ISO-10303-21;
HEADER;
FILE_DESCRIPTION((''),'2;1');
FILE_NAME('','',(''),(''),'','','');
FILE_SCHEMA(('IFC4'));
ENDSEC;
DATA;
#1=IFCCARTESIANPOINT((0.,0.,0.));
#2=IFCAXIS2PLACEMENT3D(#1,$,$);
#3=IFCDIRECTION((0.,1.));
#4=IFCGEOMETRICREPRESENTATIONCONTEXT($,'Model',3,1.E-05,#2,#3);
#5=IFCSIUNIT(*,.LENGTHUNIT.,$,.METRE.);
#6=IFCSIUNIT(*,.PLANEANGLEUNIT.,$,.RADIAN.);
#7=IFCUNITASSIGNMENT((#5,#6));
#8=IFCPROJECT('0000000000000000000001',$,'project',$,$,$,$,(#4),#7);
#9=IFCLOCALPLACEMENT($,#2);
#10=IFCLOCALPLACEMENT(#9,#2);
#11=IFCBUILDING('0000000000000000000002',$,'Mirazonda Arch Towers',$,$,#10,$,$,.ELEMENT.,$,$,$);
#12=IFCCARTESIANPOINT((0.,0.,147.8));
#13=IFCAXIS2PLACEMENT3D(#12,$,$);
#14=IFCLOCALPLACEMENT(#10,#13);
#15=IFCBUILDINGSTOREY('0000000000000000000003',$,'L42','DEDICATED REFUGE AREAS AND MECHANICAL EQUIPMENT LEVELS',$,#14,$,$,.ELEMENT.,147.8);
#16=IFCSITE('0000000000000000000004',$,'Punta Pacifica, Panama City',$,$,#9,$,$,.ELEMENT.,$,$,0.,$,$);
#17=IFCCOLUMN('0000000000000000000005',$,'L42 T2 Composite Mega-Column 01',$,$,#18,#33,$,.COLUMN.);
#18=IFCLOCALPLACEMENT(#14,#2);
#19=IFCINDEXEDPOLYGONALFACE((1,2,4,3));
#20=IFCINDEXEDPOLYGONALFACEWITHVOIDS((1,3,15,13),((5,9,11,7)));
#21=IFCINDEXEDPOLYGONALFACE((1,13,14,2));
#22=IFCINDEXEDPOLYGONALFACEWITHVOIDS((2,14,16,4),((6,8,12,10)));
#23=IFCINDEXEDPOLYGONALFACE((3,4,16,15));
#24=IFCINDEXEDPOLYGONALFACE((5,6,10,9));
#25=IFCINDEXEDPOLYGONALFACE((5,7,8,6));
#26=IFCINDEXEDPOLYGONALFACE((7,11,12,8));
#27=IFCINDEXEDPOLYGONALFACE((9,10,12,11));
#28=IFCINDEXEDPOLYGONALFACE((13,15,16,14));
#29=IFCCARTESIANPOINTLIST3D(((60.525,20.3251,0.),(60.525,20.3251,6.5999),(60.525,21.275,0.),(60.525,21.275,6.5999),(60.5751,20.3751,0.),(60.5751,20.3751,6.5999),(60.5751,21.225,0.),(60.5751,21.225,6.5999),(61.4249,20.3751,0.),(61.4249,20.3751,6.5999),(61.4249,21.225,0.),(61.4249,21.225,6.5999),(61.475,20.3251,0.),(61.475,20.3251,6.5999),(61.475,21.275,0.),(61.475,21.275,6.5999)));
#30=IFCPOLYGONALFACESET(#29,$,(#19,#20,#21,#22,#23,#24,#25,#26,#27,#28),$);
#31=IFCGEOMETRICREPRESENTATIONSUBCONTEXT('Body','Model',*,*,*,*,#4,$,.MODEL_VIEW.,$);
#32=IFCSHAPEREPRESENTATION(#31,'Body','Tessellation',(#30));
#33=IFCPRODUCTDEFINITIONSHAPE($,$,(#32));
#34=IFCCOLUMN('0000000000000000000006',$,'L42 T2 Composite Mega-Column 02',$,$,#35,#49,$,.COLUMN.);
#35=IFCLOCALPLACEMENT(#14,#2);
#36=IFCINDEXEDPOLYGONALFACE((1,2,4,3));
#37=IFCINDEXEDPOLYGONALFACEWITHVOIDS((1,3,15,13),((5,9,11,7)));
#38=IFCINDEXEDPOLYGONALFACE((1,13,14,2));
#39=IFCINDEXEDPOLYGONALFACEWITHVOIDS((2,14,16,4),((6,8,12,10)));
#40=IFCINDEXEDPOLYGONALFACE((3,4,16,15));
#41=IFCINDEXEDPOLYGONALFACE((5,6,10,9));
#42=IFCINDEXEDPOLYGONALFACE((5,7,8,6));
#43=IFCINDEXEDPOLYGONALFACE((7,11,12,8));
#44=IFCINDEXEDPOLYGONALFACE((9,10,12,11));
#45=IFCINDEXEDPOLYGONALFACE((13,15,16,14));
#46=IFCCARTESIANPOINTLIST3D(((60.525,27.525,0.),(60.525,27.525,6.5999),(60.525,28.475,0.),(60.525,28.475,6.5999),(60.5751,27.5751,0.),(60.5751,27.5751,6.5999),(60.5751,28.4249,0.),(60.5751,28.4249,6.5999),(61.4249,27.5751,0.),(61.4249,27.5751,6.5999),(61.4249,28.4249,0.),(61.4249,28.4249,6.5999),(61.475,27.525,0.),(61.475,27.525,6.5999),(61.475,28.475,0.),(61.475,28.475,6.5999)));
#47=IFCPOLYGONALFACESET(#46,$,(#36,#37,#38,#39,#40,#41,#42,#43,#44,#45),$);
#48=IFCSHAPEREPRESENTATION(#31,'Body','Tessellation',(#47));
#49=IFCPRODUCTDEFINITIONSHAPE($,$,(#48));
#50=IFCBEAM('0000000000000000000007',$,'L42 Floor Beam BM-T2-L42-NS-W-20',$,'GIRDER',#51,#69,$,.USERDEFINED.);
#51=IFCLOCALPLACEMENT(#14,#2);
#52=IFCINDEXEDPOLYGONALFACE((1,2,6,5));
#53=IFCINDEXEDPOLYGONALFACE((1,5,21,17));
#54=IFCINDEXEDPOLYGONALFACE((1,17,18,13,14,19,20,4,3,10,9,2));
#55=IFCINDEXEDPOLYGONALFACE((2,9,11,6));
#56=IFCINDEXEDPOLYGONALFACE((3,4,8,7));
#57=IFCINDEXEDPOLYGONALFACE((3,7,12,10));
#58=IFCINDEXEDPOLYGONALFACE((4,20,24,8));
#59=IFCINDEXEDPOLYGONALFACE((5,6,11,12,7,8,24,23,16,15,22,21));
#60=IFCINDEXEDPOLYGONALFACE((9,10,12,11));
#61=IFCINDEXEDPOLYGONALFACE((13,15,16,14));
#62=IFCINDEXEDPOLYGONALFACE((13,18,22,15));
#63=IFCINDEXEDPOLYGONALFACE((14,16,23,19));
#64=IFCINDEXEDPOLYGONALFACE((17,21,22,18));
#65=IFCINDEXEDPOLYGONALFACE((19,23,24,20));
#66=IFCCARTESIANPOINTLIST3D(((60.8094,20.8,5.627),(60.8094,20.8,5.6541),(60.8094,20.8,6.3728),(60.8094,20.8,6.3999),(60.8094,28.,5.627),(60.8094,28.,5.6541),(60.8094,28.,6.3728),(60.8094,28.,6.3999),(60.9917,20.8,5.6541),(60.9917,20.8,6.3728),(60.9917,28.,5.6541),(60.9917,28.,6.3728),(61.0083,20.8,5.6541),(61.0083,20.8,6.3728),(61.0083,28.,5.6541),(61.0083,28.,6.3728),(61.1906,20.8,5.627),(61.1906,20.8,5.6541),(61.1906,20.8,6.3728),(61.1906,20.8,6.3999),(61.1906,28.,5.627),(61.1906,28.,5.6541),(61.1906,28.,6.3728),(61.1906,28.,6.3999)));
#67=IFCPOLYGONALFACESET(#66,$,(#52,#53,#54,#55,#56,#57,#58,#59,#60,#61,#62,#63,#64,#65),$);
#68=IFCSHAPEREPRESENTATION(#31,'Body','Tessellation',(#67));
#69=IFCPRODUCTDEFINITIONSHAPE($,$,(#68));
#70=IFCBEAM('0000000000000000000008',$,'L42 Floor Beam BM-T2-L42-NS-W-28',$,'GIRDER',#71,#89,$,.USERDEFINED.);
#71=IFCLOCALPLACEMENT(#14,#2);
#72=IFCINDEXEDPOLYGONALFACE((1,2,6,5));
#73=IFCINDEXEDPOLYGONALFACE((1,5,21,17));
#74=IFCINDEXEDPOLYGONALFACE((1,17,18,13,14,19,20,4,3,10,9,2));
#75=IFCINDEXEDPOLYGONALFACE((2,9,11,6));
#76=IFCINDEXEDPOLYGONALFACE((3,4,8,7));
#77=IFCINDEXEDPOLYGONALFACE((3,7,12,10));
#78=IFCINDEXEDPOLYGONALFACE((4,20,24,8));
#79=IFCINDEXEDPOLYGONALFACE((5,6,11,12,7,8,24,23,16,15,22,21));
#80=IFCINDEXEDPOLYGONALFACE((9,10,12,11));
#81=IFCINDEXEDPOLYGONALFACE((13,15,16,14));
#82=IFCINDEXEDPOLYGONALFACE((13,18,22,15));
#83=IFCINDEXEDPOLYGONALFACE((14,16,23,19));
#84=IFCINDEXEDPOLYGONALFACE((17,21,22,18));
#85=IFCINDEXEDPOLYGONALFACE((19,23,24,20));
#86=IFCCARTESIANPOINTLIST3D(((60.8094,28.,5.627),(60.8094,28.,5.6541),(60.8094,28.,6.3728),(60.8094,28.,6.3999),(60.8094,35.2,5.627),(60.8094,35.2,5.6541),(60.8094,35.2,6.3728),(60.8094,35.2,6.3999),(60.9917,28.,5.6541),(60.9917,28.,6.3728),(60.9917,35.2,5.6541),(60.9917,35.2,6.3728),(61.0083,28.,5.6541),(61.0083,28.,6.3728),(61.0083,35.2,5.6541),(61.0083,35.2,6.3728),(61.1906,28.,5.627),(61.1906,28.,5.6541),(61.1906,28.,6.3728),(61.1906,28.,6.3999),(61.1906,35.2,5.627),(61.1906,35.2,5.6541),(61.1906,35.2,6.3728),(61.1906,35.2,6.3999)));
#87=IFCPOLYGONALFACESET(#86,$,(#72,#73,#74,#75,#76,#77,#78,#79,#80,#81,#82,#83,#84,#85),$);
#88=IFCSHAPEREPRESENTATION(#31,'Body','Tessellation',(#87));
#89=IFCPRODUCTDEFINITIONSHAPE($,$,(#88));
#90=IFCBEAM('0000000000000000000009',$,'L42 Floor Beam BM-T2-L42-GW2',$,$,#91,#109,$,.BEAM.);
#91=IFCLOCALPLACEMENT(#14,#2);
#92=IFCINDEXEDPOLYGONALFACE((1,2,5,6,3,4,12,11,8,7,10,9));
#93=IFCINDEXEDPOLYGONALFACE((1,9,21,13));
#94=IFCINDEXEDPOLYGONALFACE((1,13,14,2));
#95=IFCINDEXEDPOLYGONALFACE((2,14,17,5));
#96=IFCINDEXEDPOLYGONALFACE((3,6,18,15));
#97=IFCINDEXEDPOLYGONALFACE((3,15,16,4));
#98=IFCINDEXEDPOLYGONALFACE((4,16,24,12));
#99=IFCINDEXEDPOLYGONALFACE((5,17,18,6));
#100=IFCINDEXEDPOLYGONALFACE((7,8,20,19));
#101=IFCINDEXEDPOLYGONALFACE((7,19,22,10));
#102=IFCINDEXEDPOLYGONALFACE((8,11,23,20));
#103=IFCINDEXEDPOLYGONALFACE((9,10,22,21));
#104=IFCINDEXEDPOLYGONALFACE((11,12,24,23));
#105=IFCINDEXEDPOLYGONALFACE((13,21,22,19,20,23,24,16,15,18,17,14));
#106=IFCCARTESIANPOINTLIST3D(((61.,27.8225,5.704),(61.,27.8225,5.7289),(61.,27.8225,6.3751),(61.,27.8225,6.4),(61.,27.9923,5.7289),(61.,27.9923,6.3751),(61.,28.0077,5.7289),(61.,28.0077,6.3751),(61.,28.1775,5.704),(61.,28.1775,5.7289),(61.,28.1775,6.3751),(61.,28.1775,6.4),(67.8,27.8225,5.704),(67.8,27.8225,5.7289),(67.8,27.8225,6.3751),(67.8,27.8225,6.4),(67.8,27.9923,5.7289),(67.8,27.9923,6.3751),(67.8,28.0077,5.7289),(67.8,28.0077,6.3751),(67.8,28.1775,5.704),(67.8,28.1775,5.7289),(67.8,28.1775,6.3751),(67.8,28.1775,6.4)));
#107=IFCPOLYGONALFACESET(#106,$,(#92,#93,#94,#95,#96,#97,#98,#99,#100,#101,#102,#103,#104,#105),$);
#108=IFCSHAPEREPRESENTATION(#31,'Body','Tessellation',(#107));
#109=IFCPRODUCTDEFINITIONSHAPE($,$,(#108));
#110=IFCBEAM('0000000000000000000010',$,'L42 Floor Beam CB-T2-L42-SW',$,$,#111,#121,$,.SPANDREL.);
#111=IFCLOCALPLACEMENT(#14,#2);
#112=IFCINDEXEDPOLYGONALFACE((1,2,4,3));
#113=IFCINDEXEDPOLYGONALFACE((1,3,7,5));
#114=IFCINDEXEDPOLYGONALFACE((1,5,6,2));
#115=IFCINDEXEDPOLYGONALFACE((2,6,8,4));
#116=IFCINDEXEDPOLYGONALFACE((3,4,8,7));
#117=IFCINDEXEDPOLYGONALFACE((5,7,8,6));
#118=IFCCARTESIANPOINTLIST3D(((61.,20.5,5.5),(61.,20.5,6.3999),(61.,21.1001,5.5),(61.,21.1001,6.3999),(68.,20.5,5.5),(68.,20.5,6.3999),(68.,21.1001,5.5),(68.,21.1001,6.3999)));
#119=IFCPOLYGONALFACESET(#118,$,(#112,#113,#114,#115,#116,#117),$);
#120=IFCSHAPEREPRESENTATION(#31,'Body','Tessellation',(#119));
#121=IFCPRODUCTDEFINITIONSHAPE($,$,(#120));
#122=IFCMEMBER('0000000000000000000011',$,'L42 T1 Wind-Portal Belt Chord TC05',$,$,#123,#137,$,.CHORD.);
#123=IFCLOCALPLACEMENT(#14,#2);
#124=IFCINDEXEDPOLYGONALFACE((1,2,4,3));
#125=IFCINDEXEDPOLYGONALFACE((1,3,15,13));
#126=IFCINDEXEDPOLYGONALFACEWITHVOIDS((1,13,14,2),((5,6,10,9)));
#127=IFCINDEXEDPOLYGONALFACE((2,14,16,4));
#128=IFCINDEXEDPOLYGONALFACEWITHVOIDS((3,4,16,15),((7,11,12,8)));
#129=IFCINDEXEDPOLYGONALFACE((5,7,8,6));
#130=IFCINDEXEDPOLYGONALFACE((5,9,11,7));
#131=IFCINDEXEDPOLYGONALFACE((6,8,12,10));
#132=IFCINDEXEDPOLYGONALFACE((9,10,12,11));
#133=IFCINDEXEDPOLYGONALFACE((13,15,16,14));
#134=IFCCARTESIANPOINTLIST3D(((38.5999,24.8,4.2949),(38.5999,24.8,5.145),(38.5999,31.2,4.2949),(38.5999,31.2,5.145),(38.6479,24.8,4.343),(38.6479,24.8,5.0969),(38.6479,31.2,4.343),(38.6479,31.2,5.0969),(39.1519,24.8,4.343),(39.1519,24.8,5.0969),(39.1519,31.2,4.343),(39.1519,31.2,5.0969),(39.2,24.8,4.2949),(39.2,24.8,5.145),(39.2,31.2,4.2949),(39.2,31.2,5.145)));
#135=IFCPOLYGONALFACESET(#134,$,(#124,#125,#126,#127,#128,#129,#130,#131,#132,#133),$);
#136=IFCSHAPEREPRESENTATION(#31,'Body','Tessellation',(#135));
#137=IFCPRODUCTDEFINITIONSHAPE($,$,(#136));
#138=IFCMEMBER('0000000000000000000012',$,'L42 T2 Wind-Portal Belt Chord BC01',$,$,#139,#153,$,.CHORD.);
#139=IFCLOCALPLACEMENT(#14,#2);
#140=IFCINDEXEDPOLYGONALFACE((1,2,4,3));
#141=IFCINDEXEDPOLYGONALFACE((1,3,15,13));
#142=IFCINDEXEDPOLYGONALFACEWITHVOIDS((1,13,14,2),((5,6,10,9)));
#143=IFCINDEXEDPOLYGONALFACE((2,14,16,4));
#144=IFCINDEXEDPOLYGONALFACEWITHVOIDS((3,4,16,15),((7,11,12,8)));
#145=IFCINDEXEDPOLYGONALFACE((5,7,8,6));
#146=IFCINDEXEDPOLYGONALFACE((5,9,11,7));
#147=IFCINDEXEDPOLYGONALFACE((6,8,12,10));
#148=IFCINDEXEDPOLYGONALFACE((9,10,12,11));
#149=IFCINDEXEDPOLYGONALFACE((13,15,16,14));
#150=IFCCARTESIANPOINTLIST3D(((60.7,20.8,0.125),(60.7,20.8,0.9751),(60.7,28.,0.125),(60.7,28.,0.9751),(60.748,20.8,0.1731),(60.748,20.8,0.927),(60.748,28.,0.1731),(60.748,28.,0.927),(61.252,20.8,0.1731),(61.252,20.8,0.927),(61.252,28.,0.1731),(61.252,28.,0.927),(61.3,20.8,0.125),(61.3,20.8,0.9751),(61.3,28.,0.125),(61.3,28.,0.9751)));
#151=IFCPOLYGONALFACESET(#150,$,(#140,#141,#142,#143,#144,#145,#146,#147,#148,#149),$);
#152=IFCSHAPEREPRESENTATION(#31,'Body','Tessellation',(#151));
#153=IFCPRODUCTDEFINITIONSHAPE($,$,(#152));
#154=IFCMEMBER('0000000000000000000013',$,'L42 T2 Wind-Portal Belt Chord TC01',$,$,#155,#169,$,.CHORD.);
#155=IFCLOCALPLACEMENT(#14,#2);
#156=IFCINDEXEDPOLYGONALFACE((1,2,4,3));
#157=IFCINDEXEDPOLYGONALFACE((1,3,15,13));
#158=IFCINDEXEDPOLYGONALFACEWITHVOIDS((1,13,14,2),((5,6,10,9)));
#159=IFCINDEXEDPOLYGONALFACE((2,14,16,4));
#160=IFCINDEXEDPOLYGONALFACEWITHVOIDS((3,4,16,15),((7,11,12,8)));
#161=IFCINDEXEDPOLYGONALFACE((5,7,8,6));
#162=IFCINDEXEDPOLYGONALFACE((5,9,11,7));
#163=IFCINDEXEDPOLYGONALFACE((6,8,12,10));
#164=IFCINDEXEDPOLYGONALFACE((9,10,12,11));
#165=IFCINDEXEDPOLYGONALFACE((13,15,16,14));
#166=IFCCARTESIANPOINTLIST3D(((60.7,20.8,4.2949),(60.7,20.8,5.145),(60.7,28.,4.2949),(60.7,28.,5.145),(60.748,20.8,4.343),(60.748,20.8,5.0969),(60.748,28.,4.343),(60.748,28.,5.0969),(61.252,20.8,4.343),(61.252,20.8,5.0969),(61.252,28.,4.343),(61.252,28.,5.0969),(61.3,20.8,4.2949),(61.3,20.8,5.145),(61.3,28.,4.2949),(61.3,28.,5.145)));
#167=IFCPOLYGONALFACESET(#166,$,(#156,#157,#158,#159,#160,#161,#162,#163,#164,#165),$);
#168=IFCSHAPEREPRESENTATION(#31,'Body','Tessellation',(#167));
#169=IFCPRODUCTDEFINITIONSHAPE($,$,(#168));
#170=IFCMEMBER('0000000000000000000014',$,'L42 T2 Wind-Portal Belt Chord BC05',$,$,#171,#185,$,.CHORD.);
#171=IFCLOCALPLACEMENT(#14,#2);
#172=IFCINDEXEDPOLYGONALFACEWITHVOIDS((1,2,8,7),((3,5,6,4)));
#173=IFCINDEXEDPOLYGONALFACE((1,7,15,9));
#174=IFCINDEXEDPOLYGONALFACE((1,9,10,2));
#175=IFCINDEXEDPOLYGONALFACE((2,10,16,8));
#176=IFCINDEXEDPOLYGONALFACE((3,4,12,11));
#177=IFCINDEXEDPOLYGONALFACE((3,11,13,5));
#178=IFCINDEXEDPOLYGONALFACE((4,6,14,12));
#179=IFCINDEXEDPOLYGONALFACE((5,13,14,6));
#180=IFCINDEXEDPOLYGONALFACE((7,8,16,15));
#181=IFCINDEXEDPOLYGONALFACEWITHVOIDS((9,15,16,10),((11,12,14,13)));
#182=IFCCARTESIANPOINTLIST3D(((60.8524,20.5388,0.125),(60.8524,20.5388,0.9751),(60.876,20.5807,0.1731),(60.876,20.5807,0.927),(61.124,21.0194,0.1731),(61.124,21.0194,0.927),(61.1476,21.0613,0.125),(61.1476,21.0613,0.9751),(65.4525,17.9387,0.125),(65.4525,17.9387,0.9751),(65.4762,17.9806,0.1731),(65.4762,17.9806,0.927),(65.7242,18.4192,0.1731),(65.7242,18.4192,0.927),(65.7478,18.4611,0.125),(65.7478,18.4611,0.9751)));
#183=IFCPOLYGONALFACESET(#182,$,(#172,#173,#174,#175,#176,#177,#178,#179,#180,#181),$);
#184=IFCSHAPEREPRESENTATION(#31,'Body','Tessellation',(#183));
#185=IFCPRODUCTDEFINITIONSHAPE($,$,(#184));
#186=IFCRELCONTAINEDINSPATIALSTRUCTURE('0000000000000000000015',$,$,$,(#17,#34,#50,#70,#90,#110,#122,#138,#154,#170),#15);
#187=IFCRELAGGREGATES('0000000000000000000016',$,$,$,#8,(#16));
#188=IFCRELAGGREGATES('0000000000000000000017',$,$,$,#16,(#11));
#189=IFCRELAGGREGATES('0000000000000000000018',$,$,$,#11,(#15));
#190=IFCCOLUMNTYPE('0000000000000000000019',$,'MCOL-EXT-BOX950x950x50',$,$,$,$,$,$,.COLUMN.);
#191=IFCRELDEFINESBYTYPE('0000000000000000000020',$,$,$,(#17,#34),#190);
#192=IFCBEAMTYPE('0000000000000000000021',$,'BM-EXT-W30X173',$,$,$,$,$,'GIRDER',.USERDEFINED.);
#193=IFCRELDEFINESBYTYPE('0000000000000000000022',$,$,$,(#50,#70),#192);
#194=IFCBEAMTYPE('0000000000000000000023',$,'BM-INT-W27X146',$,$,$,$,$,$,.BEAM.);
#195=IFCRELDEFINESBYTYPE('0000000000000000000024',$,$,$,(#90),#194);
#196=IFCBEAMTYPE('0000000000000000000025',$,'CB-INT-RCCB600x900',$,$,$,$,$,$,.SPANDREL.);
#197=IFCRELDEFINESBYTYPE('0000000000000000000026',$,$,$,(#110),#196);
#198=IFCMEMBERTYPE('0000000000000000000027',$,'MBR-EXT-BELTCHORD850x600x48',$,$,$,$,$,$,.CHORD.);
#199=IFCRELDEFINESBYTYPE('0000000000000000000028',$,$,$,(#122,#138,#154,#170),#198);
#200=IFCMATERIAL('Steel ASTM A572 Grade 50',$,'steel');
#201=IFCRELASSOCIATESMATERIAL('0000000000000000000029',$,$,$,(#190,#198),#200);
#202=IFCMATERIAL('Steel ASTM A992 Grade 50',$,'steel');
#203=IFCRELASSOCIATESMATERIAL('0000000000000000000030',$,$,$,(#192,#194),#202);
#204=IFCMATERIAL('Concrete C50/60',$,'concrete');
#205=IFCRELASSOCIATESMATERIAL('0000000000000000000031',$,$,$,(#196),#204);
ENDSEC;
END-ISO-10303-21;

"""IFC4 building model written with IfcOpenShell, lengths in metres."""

from ifc_helpers import new_model, si_unit, direction, frame, origin, origin_2d, place, context, subcontext, project, spatial, rectangle, hollow_rectangle, i_section, extrude, material, material_profile, profile_set, type_object, element, save


model = new_model("IFC4")

# Units and contexts
model_context = context("Model", 3, precision=1e-05, world=origin(), true_north=direction((0.0, 1.0)))
body_context = subcontext(model_context, "Body", "Model", "MODEL_VIEW")
ifc_project = project(units=[si_unit("LENGTHUNIT", "METRE"), si_unit("PLANEANGLEUNIT", "RADIAN")], contexts=[model_context])

# Site, building, storey
site_placement = place(None, origin())
site = spatial("IfcSite", under=ifc_project, at=site_placement, Name="Punta Pacifica, Panama City", CompositionType="ELEMENT", RefElevation=0.0)
building_placement = place(site_placement, origin())
building = spatial("IfcBuilding", under=site, at=building_placement, Name="Mirazonda Arch Towers", CompositionType="ELEMENT")
storey_placement = place(building_placement, frame((0.0, 0.0, 147.8)))
storey = spatial("IfcBuildingStorey", under=building, at=storey_placement, Name="L42", Description="DEDICATED REFUGE AREAS AND MECHANICAL EQUIPMENT LEVELS", CompositionType="ELEMENT", Elevation=147.8)

# Columns
ifc_material_1 = material(Name="Steel ASTM A572 Grade 50", Category="steel")
ifc_material_profile_1 = material_profile(ifc_material_1, hollow_rectangle(XDim=0.95, YDim=0.95, WallThickness=0.05, at=origin_2d()), Name="BOX950x950x50")
ifc_profile_set_1 = profile_set([ifc_material_profile_1], Name="Steel ASTM A572 Grade 50")
column_type = type_object("IfcColumnType", Name="MCOL-EXT-BOX950x950x50", PredefinedType="COLUMN", material=ifc_profile_set_1)
for number, where, z_axis, x_axis, name in (
    (1, (61.0, 20.8, 0.0), (0.0, 0.0, 1.0), (1.0, 0.0, 0.0), "L42 T2 Composite Mega-Column 01"),
    (2, (61.0, 28.0, 0.0), (0.0, 0.0, 1.0), (1.0, 0.0, 0.0), "L42 T2 Composite Mega-Column 02"),
):
    element("IfcColumn", number, at=place(storey_placement, frame(where, z_axis=z_axis, x_axis=x_axis)), inside=storey, type_object=column_type, Name=name, PredefinedType="COLUMN", context=body_context, shape_type="SweptSolid", body=[
        extrude(hollow_rectangle(XDim=0.95, YDim=0.95, WallThickness=0.05, at=origin_2d()), origin(), (0.0, 0.0, 1.0), 6.5999),
    ])

# Beams
ifc_material_2 = material(Name="Steel ASTM A992 Grade 50", Category="steel")
ifc_material_profile_2 = material_profile(ifc_material_2, i_section(OverallWidth=0.3811, OverallDepth=0.7729, WebThickness=0.0166, FlangeThickness=0.0271, at=origin_2d()), Name="W30X173")
ifc_profile_set_2 = profile_set([ifc_material_profile_2], Name="Steel ASTM A992 Grade 50")
beam_type_1 = type_object("IfcBeamType", Name="BM-EXT-W30X173", ElementType="GIRDER", PredefinedType="USERDEFINED", material=ifc_profile_set_2)
for number, where, z_axis, x_axis, name in (
    (3, (61.0, 20.8, 6.0134), (0.0, 1.0, 0.0), (-1.0, 0.0, 0.0), "L42 Floor Beam BM-T2-L42-NS-W-20"),
    (4, (61.0, 28.0, 6.0134), (0.0, 1.0, 0.0), (-1.0, 0.0, 0.0), "L42 Floor Beam BM-T2-L42-NS-W-28"),
):
    element("IfcBeam", number, at=place(storey_placement, frame(where, z_axis=z_axis, x_axis=x_axis)), inside=storey, type_object=beam_type_1, Name=name, ObjectType="GIRDER", PredefinedType="USERDEFINED", context=body_context, shape_type="SweptSolid", body=[
        extrude(i_section(OverallWidth=0.3811, OverallDepth=0.7729, WebThickness=0.0166, FlangeThickness=0.0271, at=origin_2d()), origin(), (0.0, 0.0, 1.0), 7.2),
    ])
ifc_material_profile_3 = material_profile(ifc_material_2, i_section(OverallWidth=0.355, OverallDepth=0.696, WebThickness=0.0154, FlangeThickness=0.0249, at=origin_2d()), Name="W27X146")
ifc_profile_set_3 = profile_set([ifc_material_profile_3], Name="Steel ASTM A992 Grade 50")
beam_type_2 = type_object("IfcBeamType", Name="BM-INT-W27X146", PredefinedType="BEAM", material=ifc_profile_set_3)
beam_1_placement = place(storey_placement, frame((61.0, 28.0, 6.052), z_axis=(1.0, 0.0, 0.0), x_axis=(0.0, 1.0, 0.0)))
element("IfcBeam", 5, at=beam_1_placement, inside=storey, type_object=beam_type_2, Name="L42 Floor Beam BM-T2-L42-GW2", PredefinedType="BEAM", context=body_context, shape_type="SweptSolid", body=[
    extrude(i_section(OverallWidth=0.355, OverallDepth=0.696, WebThickness=0.0154, FlangeThickness=0.0249, at=origin_2d()), origin(), (0.0, 0.0, 1.0), 6.8),
])
ifc_material_3 = material(Name="Concrete C50/60", Category="concrete")
ifc_material_profile_4 = material_profile(ifc_material_3, rectangle(XDim=0.6001, YDim=0.8999, at=origin_2d()), Name="RCCB600x900")
ifc_profile_set_4 = profile_set([ifc_material_profile_4], Name="Concrete C50/60")
beam_type_3 = type_object("IfcBeamType", Name="CB-INT-RCCB600x900", PredefinedType="SPANDREL", material=ifc_profile_set_4)
beam_2_placement = place(storey_placement, frame((61.0, 20.8, 5.95), z_axis=(1.0, 0.0, 0.0), x_axis=(0.0, 1.0, 0.0)))
element("IfcBeam", 6, at=beam_2_placement, inside=storey, type_object=beam_type_3, Name="L42 Floor Beam CB-T2-L42-SW", PredefinedType="SPANDREL", context=body_context, shape_type="SweptSolid", body=[
    extrude(rectangle(XDim=0.6001, YDim=0.8999, at=origin_2d()), origin(), (0.0, 0.0, 1.0), 7.0),
])

# Members
ifc_material_profile_5 = material_profile(ifc_material_1, hollow_rectangle(XDim=0.6001, YDim=0.8501, WallThickness=0.0481, at=origin_2d()), Name="BELTCHORD850x600x48")
ifc_profile_set_5 = profile_set([ifc_material_profile_5], Name="Steel ASTM A572 Grade 50")
member_type_1 = type_object("IfcMemberType", Name="MBR-EXT-BELTCHORD850x600x48", PredefinedType="CHORD", material=ifc_profile_set_5)
member_1_placement = place(storey_placement, frame((38.8999, 24.8, 4.72), z_axis=(0.0, 1.0, 0.0), x_axis=(-1.0, 0.0, 0.0)))
element("IfcMember", 7, at=member_1_placement, inside=storey, type_object=member_type_1, Name="L42 T1 Wind-Portal Belt Chord TC05", PredefinedType="CHORD", context=body_context, shape_type="SweptSolid", body=[
    extrude(hollow_rectangle(XDim=0.6001, YDim=0.8501, WallThickness=0.0481, at=origin_2d()), origin(), (0.0, 0.0, 1.0), 6.3999),
])
for number, where, z_axis, x_axis, name in (
    (8, (61.0, 20.8, 0.55), (0.0, 1.0, 0.0), (-1.0, 0.0, 0.0), "L42 T2 Wind-Portal Belt Chord BC01"),
    (9, (61.0, 20.8, 4.72), (0.0, 1.0, 0.0), (-1.0, 0.0, 0.0), "L42 T2 Wind-Portal Belt Chord TC01"),
):
    element("IfcMember", number, at=place(storey_placement, frame(where, z_axis=z_axis, x_axis=x_axis)), inside=storey, type_object=member_type_1, Name=name, PredefinedType="CHORD", context=body_context, shape_type="SweptSolid", body=[
        extrude(hollow_rectangle(XDim=0.6001, YDim=0.8501, WallThickness=0.0481, at=origin_2d()), origin(), (0.0, 0.0, 1.0), 7.2),
    ])
for number, where, z_axis, x_axis, name in (
    (10, (61.0, 20.8, 0.55), (0.870559, -0.492063, 0.0), (0.492063, 0.870559, 0.0), "L42 T2 Wind-Portal Belt Chord BC05"),
):
    element("IfcMember", number, at=place(storey_placement, frame(where, z_axis=z_axis, x_axis=x_axis)), inside=storey, type_object=member_type_1, Name=name, PredefinedType="CHORD", context=body_context, shape_type="SweptSolid", body=[
        extrude(hollow_rectangle(XDim=0.6001, YDim=0.8501, WallThickness=0.0481, at=origin_2d()), origin(), (0.0, 0.0, 1.0), 5.2842),
    ])

save(model, "model.ifc")
